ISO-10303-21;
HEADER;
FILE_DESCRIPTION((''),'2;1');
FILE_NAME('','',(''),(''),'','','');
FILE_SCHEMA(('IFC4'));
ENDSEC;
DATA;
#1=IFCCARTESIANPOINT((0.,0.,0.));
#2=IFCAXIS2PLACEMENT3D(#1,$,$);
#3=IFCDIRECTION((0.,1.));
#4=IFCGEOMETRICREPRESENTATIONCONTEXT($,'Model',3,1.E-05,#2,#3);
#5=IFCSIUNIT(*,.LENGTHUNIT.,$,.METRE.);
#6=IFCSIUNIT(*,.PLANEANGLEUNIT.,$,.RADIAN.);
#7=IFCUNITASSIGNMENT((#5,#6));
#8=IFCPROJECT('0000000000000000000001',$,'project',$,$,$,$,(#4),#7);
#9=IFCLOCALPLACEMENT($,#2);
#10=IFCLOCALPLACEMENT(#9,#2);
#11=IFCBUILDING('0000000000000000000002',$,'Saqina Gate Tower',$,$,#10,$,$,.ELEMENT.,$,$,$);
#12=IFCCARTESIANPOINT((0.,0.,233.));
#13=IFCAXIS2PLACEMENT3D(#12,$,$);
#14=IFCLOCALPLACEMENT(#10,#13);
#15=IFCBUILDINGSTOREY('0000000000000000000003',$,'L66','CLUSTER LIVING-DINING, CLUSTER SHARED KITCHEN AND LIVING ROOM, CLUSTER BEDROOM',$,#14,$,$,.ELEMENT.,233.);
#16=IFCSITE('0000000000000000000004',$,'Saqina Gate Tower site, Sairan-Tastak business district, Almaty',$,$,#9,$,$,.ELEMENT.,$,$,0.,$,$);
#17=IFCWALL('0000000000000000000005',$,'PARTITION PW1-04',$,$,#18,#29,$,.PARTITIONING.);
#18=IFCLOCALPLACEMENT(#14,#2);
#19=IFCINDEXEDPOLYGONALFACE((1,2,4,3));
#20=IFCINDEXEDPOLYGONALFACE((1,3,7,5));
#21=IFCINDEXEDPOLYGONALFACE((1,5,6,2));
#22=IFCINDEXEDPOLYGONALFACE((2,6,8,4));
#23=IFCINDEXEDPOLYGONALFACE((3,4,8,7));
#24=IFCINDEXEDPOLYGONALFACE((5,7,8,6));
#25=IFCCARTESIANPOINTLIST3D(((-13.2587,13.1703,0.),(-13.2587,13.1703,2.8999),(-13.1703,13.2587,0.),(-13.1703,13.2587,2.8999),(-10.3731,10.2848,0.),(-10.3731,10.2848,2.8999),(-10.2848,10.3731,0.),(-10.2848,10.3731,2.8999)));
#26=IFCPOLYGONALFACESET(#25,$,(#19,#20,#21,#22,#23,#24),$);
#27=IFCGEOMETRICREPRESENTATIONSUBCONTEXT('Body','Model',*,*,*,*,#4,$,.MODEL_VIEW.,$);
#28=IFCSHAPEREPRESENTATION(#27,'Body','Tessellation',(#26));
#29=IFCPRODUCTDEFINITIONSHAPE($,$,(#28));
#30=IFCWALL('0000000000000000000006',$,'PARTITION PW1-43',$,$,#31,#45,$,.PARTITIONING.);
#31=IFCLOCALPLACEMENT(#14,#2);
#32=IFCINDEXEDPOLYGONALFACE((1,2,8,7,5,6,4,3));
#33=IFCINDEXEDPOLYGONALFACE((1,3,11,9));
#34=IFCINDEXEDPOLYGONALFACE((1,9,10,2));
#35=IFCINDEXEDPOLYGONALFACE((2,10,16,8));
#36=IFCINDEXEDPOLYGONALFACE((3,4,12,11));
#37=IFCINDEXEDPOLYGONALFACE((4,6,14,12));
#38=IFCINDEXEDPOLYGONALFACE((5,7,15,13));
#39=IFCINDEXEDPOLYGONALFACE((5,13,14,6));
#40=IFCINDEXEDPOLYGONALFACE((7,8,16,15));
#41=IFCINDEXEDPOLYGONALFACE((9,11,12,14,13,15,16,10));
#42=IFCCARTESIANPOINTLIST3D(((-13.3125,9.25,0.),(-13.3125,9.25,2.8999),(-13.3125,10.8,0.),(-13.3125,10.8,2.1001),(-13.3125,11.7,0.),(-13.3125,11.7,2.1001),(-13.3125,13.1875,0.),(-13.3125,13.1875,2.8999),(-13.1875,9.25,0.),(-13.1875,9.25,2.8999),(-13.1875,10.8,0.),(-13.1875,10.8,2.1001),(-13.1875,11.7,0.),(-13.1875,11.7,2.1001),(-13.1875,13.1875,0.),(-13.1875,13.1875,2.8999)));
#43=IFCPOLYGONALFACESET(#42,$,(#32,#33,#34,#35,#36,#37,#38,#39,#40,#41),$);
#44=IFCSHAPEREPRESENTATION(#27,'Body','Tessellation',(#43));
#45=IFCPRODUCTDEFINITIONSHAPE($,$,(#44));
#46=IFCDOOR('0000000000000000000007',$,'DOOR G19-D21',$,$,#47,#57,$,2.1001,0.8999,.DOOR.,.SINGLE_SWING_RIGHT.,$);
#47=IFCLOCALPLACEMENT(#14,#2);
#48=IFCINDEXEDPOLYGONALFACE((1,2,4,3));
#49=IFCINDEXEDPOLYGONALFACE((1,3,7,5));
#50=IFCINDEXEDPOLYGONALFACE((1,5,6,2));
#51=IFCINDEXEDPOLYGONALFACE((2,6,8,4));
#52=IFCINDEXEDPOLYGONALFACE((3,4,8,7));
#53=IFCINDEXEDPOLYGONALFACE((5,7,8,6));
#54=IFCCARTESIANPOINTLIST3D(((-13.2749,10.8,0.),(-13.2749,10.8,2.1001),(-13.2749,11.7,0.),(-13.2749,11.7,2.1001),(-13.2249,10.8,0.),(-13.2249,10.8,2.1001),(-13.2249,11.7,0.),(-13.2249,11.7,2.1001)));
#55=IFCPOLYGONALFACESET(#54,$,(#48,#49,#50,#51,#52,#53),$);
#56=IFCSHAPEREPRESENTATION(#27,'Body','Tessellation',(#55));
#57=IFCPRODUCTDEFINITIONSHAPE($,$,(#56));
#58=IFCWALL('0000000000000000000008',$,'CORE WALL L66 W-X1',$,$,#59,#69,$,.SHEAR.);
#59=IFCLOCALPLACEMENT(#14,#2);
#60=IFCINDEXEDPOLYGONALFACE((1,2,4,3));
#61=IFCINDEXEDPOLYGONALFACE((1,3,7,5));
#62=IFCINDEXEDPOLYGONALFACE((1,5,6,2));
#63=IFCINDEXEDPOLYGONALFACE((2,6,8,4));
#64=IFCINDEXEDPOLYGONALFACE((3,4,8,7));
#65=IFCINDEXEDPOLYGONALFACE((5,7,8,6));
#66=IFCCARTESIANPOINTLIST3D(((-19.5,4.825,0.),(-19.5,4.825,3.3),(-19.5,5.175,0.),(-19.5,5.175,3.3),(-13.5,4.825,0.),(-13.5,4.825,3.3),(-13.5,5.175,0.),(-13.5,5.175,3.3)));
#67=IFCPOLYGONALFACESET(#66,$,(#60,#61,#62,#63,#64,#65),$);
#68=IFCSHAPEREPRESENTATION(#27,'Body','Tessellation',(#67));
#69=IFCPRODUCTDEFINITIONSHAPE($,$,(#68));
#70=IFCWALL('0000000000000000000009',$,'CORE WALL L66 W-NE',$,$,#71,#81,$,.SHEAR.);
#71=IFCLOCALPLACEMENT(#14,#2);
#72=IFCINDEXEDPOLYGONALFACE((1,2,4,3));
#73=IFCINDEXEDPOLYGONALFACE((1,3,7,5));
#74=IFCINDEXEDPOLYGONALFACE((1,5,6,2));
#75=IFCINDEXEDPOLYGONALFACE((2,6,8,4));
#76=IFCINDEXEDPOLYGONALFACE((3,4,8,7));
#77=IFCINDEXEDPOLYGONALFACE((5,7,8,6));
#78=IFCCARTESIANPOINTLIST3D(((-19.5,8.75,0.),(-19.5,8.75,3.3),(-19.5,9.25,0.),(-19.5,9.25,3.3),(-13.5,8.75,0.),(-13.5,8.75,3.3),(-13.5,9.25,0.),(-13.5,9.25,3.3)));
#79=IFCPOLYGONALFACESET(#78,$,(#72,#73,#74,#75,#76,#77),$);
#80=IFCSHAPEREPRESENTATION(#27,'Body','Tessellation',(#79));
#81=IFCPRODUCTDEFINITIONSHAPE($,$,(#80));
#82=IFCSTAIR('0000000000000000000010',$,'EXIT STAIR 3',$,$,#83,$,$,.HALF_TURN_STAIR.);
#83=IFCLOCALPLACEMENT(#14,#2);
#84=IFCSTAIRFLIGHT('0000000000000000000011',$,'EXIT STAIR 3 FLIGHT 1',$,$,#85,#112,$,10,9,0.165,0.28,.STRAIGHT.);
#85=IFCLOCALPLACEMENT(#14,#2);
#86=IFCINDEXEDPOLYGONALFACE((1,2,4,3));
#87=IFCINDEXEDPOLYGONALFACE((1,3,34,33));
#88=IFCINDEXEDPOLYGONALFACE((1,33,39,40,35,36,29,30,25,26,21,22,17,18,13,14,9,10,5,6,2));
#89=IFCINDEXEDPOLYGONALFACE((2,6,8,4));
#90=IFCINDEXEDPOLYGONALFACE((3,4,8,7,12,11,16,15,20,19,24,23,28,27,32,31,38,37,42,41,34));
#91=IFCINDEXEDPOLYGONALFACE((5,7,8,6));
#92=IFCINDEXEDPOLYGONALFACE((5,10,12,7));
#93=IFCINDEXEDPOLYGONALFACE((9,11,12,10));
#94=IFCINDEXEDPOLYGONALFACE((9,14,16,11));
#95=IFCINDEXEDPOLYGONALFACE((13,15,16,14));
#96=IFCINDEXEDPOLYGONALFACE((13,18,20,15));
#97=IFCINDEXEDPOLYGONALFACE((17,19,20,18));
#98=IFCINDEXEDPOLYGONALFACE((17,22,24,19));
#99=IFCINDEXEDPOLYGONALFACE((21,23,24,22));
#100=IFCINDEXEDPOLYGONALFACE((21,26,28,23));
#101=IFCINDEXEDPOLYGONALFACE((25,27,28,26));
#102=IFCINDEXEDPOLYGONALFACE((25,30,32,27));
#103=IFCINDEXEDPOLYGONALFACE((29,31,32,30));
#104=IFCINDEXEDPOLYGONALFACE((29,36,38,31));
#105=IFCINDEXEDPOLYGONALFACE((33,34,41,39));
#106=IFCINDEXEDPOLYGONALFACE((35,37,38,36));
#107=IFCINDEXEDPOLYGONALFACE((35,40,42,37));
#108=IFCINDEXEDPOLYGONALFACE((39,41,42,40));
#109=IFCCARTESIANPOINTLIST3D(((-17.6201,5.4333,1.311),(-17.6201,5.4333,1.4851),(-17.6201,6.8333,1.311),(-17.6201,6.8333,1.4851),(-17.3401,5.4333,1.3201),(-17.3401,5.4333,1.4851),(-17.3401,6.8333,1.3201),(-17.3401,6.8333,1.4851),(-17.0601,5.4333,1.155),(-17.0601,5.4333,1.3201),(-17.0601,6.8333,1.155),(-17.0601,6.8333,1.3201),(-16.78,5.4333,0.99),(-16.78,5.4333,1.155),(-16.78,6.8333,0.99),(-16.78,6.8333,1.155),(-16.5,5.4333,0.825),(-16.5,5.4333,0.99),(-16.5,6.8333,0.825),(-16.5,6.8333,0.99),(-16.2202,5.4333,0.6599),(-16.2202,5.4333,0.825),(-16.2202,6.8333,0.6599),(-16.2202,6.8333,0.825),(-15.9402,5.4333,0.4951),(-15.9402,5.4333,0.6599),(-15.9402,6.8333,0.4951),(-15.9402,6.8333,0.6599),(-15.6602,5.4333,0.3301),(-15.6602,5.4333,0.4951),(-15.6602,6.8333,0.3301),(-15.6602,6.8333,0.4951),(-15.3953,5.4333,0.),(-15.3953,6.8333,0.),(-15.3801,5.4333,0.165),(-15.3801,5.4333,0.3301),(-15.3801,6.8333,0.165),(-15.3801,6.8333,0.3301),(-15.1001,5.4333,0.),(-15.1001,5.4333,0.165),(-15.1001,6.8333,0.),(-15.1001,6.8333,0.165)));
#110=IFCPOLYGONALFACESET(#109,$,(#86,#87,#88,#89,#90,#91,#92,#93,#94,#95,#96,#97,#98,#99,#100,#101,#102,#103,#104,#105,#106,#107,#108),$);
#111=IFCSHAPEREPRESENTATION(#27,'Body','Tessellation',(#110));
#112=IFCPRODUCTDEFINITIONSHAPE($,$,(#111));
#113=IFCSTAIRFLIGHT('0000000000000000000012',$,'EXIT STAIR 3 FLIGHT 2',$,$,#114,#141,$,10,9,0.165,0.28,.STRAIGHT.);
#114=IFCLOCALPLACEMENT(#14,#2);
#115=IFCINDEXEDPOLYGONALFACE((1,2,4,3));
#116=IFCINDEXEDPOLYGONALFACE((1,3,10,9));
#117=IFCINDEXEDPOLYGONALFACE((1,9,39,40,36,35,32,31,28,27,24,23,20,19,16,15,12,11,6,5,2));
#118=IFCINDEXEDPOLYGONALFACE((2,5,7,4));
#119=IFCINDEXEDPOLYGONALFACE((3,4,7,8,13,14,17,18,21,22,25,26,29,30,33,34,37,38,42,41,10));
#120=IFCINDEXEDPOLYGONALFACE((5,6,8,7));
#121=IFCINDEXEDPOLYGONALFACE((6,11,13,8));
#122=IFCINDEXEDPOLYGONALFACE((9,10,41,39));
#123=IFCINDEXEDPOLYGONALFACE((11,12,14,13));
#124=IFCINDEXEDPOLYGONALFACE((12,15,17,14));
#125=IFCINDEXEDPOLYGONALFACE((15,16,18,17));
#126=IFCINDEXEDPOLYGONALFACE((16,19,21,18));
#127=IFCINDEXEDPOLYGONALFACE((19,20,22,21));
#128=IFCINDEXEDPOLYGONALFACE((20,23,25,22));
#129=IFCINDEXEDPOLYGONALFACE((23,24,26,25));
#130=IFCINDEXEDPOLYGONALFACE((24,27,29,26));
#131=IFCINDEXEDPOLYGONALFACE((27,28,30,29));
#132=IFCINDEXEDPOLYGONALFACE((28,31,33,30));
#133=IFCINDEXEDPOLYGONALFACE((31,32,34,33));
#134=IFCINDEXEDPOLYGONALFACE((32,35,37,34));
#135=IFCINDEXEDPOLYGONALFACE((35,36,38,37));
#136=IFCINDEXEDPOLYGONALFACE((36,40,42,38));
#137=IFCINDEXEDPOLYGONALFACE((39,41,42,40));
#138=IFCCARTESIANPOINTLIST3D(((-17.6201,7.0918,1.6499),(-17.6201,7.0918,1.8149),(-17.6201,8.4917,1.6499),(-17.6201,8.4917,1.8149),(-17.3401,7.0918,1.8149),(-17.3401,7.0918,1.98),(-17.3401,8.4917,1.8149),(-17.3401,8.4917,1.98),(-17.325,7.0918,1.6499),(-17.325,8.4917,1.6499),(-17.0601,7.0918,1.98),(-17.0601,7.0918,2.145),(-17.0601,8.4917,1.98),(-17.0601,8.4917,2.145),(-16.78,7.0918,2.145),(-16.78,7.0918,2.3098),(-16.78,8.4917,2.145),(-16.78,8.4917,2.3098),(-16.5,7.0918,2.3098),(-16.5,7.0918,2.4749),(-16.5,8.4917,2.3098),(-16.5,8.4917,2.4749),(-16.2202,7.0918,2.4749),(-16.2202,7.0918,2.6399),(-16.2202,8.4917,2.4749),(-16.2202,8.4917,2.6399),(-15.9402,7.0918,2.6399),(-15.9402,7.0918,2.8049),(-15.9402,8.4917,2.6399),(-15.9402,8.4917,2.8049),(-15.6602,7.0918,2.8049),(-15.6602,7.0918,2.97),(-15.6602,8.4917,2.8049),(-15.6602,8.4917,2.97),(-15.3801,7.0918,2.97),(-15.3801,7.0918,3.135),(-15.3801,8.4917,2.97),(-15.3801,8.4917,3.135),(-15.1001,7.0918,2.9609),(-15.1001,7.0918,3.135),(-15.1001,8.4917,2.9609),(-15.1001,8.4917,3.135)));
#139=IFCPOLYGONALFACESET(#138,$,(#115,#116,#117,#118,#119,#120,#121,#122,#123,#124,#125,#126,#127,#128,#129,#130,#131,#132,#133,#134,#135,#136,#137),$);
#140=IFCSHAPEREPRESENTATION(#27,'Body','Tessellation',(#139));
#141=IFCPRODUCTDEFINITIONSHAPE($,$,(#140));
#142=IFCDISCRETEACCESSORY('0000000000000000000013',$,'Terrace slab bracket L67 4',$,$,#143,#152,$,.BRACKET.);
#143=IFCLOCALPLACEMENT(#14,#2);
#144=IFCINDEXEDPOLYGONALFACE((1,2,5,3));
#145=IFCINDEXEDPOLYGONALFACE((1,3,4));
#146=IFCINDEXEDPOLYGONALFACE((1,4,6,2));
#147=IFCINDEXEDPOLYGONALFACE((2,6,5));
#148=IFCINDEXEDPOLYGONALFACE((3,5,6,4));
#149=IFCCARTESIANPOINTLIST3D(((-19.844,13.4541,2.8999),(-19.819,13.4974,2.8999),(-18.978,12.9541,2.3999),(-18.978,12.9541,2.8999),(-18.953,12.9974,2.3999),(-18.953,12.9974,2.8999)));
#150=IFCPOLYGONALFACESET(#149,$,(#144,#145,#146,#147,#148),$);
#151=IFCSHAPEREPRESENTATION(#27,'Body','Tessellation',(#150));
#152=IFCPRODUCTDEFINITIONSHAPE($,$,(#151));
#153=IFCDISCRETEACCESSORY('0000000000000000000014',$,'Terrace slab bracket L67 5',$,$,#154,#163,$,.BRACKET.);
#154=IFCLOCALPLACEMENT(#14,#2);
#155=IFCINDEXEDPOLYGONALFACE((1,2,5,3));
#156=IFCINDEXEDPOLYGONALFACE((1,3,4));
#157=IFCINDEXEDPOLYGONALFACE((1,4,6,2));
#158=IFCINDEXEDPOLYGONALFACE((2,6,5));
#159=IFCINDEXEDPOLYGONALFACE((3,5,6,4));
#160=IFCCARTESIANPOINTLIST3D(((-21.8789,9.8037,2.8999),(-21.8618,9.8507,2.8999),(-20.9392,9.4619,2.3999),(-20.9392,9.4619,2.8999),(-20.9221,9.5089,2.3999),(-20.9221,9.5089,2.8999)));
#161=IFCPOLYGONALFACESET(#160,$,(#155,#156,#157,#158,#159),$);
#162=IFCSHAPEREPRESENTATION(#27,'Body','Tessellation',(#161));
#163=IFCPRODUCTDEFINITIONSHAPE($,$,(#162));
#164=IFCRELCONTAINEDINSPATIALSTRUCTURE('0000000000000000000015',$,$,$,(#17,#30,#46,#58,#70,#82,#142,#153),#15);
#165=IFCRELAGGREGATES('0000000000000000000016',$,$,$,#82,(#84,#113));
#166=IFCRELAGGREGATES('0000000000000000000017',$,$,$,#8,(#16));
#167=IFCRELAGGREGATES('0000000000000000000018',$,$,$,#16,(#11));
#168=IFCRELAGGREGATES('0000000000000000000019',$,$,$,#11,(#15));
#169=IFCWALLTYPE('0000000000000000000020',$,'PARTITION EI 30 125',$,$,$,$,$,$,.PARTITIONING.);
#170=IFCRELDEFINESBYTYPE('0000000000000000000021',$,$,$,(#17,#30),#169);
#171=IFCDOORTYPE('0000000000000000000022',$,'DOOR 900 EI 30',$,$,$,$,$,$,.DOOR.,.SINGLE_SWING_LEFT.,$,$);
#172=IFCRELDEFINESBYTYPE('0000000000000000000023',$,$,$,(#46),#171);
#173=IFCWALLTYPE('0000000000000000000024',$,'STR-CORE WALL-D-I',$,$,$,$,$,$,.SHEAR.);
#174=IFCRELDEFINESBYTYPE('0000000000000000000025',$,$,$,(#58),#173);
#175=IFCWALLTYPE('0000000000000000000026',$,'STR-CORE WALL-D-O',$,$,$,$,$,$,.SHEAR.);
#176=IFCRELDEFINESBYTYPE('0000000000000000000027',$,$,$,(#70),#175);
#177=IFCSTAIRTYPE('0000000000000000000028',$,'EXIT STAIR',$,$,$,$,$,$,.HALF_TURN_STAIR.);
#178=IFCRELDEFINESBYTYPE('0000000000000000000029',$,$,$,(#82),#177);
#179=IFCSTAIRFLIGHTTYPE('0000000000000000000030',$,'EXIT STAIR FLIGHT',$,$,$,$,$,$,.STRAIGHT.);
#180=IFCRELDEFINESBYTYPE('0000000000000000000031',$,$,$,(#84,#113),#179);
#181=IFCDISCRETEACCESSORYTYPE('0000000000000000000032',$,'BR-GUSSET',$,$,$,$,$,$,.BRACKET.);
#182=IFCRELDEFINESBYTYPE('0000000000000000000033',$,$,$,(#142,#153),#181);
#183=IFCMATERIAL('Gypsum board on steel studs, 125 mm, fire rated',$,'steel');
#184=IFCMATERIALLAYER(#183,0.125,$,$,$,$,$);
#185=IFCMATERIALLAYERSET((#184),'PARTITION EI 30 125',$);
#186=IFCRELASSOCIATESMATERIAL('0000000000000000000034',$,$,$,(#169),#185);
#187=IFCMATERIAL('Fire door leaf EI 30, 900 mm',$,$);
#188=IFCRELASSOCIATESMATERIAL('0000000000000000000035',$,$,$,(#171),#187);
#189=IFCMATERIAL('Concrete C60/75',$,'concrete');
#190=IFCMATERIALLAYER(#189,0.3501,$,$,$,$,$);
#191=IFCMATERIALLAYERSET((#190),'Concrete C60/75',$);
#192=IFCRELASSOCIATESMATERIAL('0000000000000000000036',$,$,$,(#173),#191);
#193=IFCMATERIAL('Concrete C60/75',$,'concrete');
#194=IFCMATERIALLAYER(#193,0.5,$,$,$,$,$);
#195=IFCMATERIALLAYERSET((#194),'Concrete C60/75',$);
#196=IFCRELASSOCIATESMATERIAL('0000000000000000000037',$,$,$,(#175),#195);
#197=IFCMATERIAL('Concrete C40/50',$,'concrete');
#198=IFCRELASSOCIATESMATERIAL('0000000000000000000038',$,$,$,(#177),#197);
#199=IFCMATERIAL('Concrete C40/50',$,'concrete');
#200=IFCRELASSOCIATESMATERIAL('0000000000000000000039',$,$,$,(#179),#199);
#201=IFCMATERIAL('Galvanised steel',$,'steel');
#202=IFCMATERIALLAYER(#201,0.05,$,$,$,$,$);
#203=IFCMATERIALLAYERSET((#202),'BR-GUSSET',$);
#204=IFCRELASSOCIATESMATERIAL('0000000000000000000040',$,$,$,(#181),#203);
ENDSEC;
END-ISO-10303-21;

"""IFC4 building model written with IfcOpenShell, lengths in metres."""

from ifc_helpers import new_model, si_unit, direction, frame, frame_2d, origin, place, context, subcontext, project, spatial, polyline, rectangle, outline, extrude, material, layer, layer_set, type_object, element, fill, aggregate, save


model = new_model("IFC4")

# Units and contexts
model_context = context("Model", 3, precision=1e-05, world=origin(), true_north=direction((0.0, 1.0)))
body_context = subcontext(model_context, "Body", "Model", "MODEL_VIEW")
ifc_project = project(units=[si_unit("LENGTHUNIT", "METRE"), si_unit("PLANEANGLEUNIT", "RADIAN")], contexts=[model_context])

# Site, building, storey
site_placement = place(None, origin())
site = spatial("IfcSite", under=ifc_project, at=site_placement, Name="Saqina Gate Tower site, Sairan-Tastak business district, Almaty", CompositionType="ELEMENT", RefElevation=0.0)
building_placement = place(site_placement, origin())
building = spatial("IfcBuilding", under=site, at=building_placement, Name="Saqina Gate Tower", CompositionType="ELEMENT")
storey_placement = place(building_placement, frame((0.0, 0.0, 233.0)))
storey = spatial("IfcBuildingStorey", under=building, at=storey_placement, Name="L66", Description="CLUSTER LIVING-DINING, CLUSTER SHARED KITCHEN AND LIVING ROOM, CLUSTER BEDROOM", CompositionType="ELEMENT", Elevation=233.0)

# Wall
ifc_material_1 = material(Name="Gypsum board on steel studs, 125 mm, fire rated", Category="steel")
ifc_layer_1 = layer(ifc_material_1, 0.125)
ifc_layer_set_1 = layer_set([ifc_layer_1], Name="PARTITION EI 30 125")
wall_type_1 = type_object("IfcWallType", Name="PARTITION EI 30 125", PredefinedType="PARTITIONING", material=ifc_layer_set_1)
wall_1_placement = place(storey_placement, frame((-13.2146, 13.2146, 0.0), z_axis=(0.0, 0.0, 1.0), x_axis=(0.707107, -0.707107, 0.0)))
element("IfcWall", 1, at=wall_1_placement, inside=storey, type_object=wall_type_1, Name="PARTITION PW1-04", PredefinedType="PARTITIONING", context=body_context, shape_type="SweptSolid", body=[
    extrude(rectangle(XDim=4.0808, YDim=0.125, at=frame_2d((2.0405, 0.0))), origin(), (0.0, 0.0, 1.0), 2.8999),
])

# Wall, opening, door
wall_2_placement = place(storey_placement, frame((-13.25, 9.25, 0.0), z_axis=(0.0, 0.0, 1.0), x_axis=(0.0, 1.0, 0.0)))
wall_2 = element("IfcWall", 2, at=wall_2_placement, inside=storey, type_object=wall_type_1, Name="PARTITION PW1-43", PredefinedType="PARTITIONING", context=body_context, shape_type="SweptSolid", body=[
    extrude(rectangle(XDim=3.9375, YDim=0.125, at=frame_2d((1.9688, 0.0))), origin(), (0.0, 0.0, 1.0), 2.8999),
])
opening_1_placement = place(wall_2_placement, frame((1.55, 0.0, 0.0)))
opening_1 = element("IfcOpeningElement", 3, at=opening_1_placement, cuts=wall_2, PredefinedType="OPENING", context=body_context, shape_type="SweptSolid", body=[
    extrude(rectangle(XDim=0.8999, YDim=2.1001, at=frame_2d((0.45, 1.05))), frame((0.0, 0.0745, 0.0), z_axis=(0.0, -1.0, 0.0), x_axis=(1.0, 0.0, 0.0)), (0.0, 0.0, 1.0), 0.1489),
])
ifc_material_2 = material(Name="Fire door leaf EI 30, 900 mm")
door_type = type_object("IfcDoorType", Name="DOOR 900 EI 30", OperationType="SINGLE_SWING_LEFT", PredefinedType="DOOR", material=ifc_material_2)
door_placement = place(opening_1_placement, origin())
door = element("IfcDoor", 4, at=door_placement, inside=storey, type_object=door_type, Name="DOOR G19-D21", OperationType="SINGLE_SWING_RIGHT", OverallHeight=2.1001, OverallWidth=0.8999, PredefinedType="DOOR", context=body_context, shape_type="SweptSolid", body=[
    extrude(rectangle(XDim=0.8999, YDim=2.1001, at=frame_2d((0.45, 1.05))), frame((0.0, 0.0249, 0.0), z_axis=(0.0, -1.0, 0.0), x_axis=(1.0, 0.0, 0.0)), (0.0, 0.0, 1.0), 0.05),
])
fill(opening_1, door)

# Walls
ifc_material_3 = material(Name="Concrete C60/75", Category="concrete")
ifc_layer_2 = layer(ifc_material_3, 0.3501)
ifc_layer_set_2 = layer_set([ifc_layer_2], Name="Concrete C60/75")
wall_type_2 = type_object("IfcWallType", Name="STR-CORE WALL-D-I", PredefinedType="SHEAR", material=ifc_layer_set_2)
wall_3_placement = place(storey_placement, frame((-13.5, 5.0, 0.0), z_axis=(0.0, 0.0, 1.0), x_axis=(-1.0, 0.0, 0.0)))
element("IfcWall", 5, at=wall_3_placement, inside=storey, type_object=wall_type_2, Name="CORE WALL L66 W-X1", PredefinedType="SHEAR", context=body_context, shape_type="SweptSolid", body=[
    extrude(rectangle(XDim=6.0, YDim=0.3501, at=frame_2d((3.0, 0.0))), origin(), (0.0, 0.0, 1.0), 3.3),
])
ifc_material_4 = material(Name="Concrete C60/75", Category="concrete")
ifc_layer_3 = layer(ifc_material_4, 0.5)
ifc_layer_set_3 = layer_set([ifc_layer_3], Name="Concrete C60/75")
wall_type_3 = type_object("IfcWallType", Name="STR-CORE WALL-D-O", PredefinedType="SHEAR", material=ifc_layer_set_3)
wall_4_placement = place(storey_placement, frame((-13.5, 9.0, 0.0), z_axis=(0.0, 0.0, 1.0), x_axis=(-1.0, 0.0, 0.0)))
element("IfcWall", 6, at=wall_4_placement, inside=storey, type_object=wall_type_3, Name="CORE WALL L66 W-NE", PredefinedType="SHEAR", context=body_context, shape_type="SweptSolid", body=[
    extrude(rectangle(XDim=6.0, YDim=0.5, at=frame_2d((3.0, 0.0))), origin(), (0.0, 0.0, 1.0), 3.3),
])

# Stair, stair flights
ifc_material_5 = material(Name="Concrete C40/50", Category="concrete")
stair_type = type_object("IfcStairType", Name="EXIT STAIR", PredefinedType="HALF_TURN_STAIR", material=ifc_material_5)
stair_placement = place(storey_placement, origin())
stair = element("IfcStair", 7, at=stair_placement, inside=storey, type_object=stair_type, Name="EXIT STAIR 3", PredefinedType="HALF_TURN_STAIR")
ifc_material_6 = material(Name="Concrete C40/50", Category="concrete")
stair_flight_type = type_object("IfcStairFlightType", Name="EXIT STAIR FLIGHT", PredefinedType="STRAIGHT", material=ifc_material_6)
stair_flight_1_placement = place(storey_placement, frame((-15.1001, 6.1333, 0.0), z_axis=(0.0, 0.0, 1.0), x_axis=(-1.0, 0.0, 0.0)))
stair_flight_1 = element("IfcStairFlight", 8, at=stair_flight_1_placement, type_object=stair_flight_type, Name="EXIT STAIR 3 FLIGHT 1", NumberOfRisers=10, NumberOfTreads=9, PredefinedType="STRAIGHT", RiserHeight=0.165, TreadLength=0.28, context=body_context, shape_type="SweptSolid", body=[
    extrude(outline(polyline([(0.0, 0.0), (0.0, 0.165), (0.28, 0.165), (0.28, 0.3301), (0.5601, 0.3301), (0.5601, 0.4951), (0.8401, 0.4951), (0.8401, 0.6599), (1.1201, 0.6599), (1.1201, 0.825), (1.3999, 0.825), (1.3999, 0.99), (1.6799, 0.99), (1.6799, 1.155), (1.96, 1.155), (1.96, 1.3201), (2.24, 1.3201), (2.24, 1.4851), (2.52, 1.4851), (2.52, 1.6499), (2.52, 1.311), (0.2952, 0.0), (0.0, 0.0)])), frame((0.0, 0.7, 0.0), z_axis=(0.0, -1.0, 0.0), x_axis=(1.0, 0.0, 0.0)), (0.0, 0.0, 1.0), 1.3999),
])
stair_flight_2_placement = place(storey_placement, frame((-17.6201, 7.7917, 1.6499), z_axis=(0.0, 0.0, 1.0), x_axis=(1.0, 0.0, 0.0)))
stair_flight_2 = element("IfcStairFlight", 9, at=stair_flight_2_placement, type_object=stair_flight_type, Name="EXIT STAIR 3 FLIGHT 2", NumberOfRisers=10, NumberOfTreads=9, PredefinedType="STRAIGHT", RiserHeight=0.165, TreadLength=0.28, context=body_context, shape_type="SweptSolid", body=[
    extrude(outline(polyline([(0.0, 0.0), (0.0, 0.165), (0.28, 0.165), (0.28, 0.3301), (0.5601, 0.3301), (0.5601, 0.4951), (0.8401, 0.4951), (0.8401, 0.6599), (1.1201, 0.6599), (1.1201, 0.825), (1.3999, 0.825), (1.3999, 0.99), (1.6799, 0.99), (1.6799, 1.155), (1.96, 1.155), (1.96, 1.3201), (2.24, 1.3201), (2.24, 1.4851), (2.52, 1.4851), (2.52, 1.6499), (2.52, 1.311), (0.2952, 0.0), (0.0, 0.0)])), frame((0.0, 0.7, 0.0), z_axis=(0.0, -1.0, 0.0), x_axis=(1.0, 0.0, 0.0)), (0.0, 0.0, 1.0), 1.3999),
])
aggregate(stair, [stair_flight_1, stair_flight_2])

# Discrete accessories
ifc_material_7 = material(Name="Galvanised steel", Category="steel")
ifc_layer_4 = layer(ifc_material_7, 0.05)
ifc_layer_set_4 = layer_set([ifc_layer_4], Name="BR-GUSSET")
discrete_accessory_type = type_object("IfcDiscreteAccessoryType", Name="BR-GUSSET", PredefinedType="BRACKET", material=ifc_layer_set_4)
discrete_accessory_1_placement = place(storey_placement, frame((-18.978, 12.9541, 2.3999), z_axis=(-0.500025, -0.866011, 0.0), x_axis=(0.0, 0.0, 1.0)))
element("IfcDiscreteAccessory", 10, at=discrete_accessory_1_placement, inside=storey, type_object=discrete_accessory_type, Name="Terrace slab bracket L67 4", PredefinedType="BRACKET", context=body_context, shape_type="SweptSolid", body=[
    extrude(outline(polyline([(0.0, 0.0), (0.5, 0.0), (0.5, 0.9999), (0.0, 0.0)])), origin(), (0.0, 0.0, -1.0), 0.05),
])
discrete_accessory_2_placement = place(storey_placement, frame((-20.9392, 9.4619, 2.3999), z_axis=(-0.341821, -0.939765, 0.0), x_axis=(0.0, 0.0, 1.0)))
element("IfcDiscreteAccessory", 11, at=discrete_accessory_2_placement, inside=storey, type_object=discrete_accessory_type, Name="Terrace slab bracket L67 5", PredefinedType="BRACKET", context=body_context, shape_type="SweptSolid", body=[
    extrude(outline(polyline([(0.0, 0.0), (0.5, 0.0), (0.5, 0.9999), (0.0, 0.0)])), origin(), (0.0, 0.0, -1.0), 0.05),
])

save(model, "model.ifc")
